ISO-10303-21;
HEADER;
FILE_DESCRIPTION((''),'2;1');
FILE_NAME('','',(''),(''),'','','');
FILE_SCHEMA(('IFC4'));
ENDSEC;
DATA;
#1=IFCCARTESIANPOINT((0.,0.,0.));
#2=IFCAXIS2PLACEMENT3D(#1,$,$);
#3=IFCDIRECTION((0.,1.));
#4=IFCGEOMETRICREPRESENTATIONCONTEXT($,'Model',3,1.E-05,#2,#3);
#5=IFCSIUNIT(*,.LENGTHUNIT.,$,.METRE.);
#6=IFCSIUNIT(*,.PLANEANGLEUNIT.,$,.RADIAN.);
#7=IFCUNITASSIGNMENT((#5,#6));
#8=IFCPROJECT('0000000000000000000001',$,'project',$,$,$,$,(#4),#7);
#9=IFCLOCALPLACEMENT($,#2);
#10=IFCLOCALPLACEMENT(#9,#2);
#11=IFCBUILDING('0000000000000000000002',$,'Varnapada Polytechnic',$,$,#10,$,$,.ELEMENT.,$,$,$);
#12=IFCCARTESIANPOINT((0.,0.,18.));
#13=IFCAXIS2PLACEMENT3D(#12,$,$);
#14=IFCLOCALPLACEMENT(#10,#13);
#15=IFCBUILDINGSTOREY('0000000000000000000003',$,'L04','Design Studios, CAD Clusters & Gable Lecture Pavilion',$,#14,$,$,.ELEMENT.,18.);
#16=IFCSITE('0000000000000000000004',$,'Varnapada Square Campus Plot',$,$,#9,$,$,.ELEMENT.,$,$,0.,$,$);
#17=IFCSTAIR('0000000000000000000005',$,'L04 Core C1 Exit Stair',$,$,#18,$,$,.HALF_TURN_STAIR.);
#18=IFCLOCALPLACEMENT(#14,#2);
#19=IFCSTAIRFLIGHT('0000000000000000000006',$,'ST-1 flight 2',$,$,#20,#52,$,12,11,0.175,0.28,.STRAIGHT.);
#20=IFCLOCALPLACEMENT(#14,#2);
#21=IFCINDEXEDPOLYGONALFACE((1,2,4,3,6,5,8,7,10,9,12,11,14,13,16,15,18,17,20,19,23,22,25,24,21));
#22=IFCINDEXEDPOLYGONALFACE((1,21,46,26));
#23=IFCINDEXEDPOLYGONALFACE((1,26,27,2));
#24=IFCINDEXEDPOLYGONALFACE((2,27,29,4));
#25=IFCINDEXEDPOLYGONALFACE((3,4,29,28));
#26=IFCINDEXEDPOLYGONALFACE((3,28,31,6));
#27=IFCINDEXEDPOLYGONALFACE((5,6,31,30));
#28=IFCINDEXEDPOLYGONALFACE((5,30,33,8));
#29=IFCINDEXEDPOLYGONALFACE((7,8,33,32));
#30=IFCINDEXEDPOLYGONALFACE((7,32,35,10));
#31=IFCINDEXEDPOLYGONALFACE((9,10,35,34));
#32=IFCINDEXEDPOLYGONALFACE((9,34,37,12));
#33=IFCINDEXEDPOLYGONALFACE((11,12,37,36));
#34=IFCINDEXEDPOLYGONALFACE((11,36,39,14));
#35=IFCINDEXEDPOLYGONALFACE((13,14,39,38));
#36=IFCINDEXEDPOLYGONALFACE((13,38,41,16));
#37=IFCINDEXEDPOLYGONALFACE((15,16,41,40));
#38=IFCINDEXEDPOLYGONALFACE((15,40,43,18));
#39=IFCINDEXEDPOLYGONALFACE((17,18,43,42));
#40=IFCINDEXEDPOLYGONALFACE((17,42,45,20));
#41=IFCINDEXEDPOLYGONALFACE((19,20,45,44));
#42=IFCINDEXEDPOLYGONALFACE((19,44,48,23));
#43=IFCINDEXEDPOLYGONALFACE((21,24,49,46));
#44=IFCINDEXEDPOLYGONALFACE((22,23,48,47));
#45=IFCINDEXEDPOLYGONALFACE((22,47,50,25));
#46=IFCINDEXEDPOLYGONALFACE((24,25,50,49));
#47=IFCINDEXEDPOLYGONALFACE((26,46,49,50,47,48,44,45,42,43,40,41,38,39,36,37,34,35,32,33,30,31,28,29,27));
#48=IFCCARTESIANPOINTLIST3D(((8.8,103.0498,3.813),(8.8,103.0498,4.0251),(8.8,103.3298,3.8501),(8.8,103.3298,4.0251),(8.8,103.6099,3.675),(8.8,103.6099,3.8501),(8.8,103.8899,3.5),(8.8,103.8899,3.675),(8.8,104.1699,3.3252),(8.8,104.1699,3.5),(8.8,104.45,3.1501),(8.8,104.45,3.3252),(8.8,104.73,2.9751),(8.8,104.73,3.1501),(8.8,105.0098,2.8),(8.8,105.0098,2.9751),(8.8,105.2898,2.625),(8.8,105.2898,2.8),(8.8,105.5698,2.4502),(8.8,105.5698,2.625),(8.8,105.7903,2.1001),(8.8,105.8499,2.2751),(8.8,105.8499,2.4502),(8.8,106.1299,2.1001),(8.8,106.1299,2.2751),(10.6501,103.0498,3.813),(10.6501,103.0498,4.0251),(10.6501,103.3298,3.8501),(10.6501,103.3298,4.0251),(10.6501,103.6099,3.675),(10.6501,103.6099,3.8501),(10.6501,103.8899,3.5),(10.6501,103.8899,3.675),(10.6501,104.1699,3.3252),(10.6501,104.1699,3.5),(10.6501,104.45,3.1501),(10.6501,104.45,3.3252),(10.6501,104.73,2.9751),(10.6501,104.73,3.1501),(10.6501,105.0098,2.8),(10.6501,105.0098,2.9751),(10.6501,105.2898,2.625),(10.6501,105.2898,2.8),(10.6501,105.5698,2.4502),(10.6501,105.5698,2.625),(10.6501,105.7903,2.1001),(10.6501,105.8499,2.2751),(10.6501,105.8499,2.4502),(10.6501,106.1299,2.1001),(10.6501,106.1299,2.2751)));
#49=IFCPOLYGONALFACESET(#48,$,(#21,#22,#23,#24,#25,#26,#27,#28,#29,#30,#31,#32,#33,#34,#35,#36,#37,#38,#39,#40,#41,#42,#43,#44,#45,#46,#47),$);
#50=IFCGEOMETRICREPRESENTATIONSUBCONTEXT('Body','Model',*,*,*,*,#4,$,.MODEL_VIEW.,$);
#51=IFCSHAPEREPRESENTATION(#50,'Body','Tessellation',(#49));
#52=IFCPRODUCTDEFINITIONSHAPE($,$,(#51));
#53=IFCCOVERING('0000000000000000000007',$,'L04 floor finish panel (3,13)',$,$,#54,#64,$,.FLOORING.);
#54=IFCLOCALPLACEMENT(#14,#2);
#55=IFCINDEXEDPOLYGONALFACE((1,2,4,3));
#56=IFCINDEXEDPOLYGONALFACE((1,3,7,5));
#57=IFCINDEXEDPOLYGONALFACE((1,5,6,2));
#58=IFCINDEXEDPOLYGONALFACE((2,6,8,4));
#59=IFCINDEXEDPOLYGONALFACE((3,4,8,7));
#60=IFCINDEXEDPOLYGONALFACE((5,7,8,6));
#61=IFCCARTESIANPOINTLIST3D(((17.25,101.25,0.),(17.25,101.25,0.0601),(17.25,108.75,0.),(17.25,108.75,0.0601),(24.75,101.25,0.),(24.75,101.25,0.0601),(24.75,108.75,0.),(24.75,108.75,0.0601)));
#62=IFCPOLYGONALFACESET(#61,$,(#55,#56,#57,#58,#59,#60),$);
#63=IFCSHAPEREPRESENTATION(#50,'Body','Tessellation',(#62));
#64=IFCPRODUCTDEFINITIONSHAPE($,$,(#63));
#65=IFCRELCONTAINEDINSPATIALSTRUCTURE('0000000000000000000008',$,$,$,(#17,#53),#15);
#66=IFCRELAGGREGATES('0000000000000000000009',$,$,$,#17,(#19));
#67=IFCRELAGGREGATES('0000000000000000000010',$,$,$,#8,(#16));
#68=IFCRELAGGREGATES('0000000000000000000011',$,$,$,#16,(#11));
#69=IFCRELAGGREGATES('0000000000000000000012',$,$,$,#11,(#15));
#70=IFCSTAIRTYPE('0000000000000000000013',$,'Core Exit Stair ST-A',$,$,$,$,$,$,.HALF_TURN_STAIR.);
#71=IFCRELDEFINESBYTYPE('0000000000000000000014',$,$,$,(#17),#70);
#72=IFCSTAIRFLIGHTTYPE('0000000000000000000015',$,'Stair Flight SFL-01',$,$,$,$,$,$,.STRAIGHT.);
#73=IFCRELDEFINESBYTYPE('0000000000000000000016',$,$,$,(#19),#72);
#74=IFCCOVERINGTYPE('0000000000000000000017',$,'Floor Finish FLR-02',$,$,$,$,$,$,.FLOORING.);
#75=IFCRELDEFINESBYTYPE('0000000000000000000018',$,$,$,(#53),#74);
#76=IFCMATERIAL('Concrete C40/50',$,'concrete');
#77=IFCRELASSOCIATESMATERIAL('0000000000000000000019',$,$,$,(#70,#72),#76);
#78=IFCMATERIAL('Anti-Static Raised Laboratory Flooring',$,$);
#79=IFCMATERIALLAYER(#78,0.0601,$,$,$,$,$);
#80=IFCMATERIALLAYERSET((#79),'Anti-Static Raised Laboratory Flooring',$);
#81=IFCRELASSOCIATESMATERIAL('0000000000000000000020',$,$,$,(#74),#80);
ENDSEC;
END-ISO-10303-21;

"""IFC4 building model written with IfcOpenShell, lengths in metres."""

from ifc_helpers import new_model, si_unit, direction, frame, origin, origin_2d, place, context, subcontext, project, spatial, polyline, rectangle, outline, extrude, material, layer, layer_set, type_object, element, aggregate, save


model = new_model("IFC4")

# Units and contexts
model_context = context("Model", 3, precision=1e-05, world=origin(), true_north=direction((0.0, 1.0)))
body_context = subcontext(model_context, "Body", "Model", "MODEL_VIEW")
ifc_project = project(units=[si_unit("LENGTHUNIT", "METRE"), si_unit("PLANEANGLEUNIT", "RADIAN")], contexts=[model_context])

# Site, building, storey
site_placement = place(None, origin())
site = spatial("IfcSite", under=ifc_project, at=site_placement, Name="Varnapada Square Campus Plot", CompositionType="ELEMENT", RefElevation=0.0)
building_placement = place(site_placement, origin())
building = spatial("IfcBuilding", under=site, at=building_placement, Name="Varnapada Polytechnic", CompositionType="ELEMENT")
storey_placement = place(building_placement, frame((0.0, 0.0, 18.0)))
storey = spatial("IfcBuildingStorey", under=building, at=storey_placement, Name="L04", Description="Design Studios, CAD Clusters & Gable Lecture Pavilion", CompositionType="ELEMENT", Elevation=18.0)

# Shared definitions
ifc_material_1 = material(Name="Concrete C40/50", Category="concrete")

# Stair, stair flight
stair_type = type_object("IfcStairType", Name="Core Exit Stair ST-A", PredefinedType="HALF_TURN_STAIR", material=ifc_material_1)
stair_placement = place(storey_placement, origin())
stair = element("IfcStair", 1, at=stair_placement, inside=storey, type_object=stair_type, Name="L04 Core C1 Exit Stair", PredefinedType="HALF_TURN_STAIR")
stair_flight_type = type_object("IfcStairFlightType", Name="Stair Flight SFL-01", PredefinedType="STRAIGHT", material=ifc_material_1)
stair_flight_1_placement = place(storey_placement, frame((9.7251, 106.1299, 2.1001), z_axis=(0.0, 0.0, 1.0), x_axis=(0.0, -1.0, 0.0)))
stair_flight_1 = element("IfcStairFlight", 2, at=stair_flight_1_placement, type_object=stair_flight_type, Name="ST-1 flight 2", NumberOfRisers=12, NumberOfTreads=11, PredefinedType="STRAIGHT", RiserHeight=0.175, TreadLength=0.28, context=body_context, shape_type="SweptSolid", body=[
    extrude(outline(polyline([(0.0, 0.0), (0.0, 0.175), (0.28, 0.175), (0.28, 0.3501), (0.5601, 0.3501), (0.5601, 0.5249), (0.8401, 0.5249), (0.8401, 0.7), (1.1201, 0.7), (1.1201, 0.875), (1.3999, 0.875), (1.3999, 1.05), (1.6799, 1.05), (1.6799, 1.2251), (1.96, 1.2251), (1.96, 1.3999), (2.24, 1.3999), (2.24, 1.575), (2.52, 1.575), (2.52, 1.75), (2.8, 1.75), (2.8, 1.925), (3.0801, 1.925), (3.0801, 2.1001), (3.0801, 1.7129), (0.3396, 0.0), (0.0, 0.0)])), frame((0.0, 0.925, 0.0), z_axis=(0.0, -1.0, 0.0), x_axis=(1.0, 0.0, 0.0)), (0.0, 0.0, 1.0), 1.8501),
])
aggregate(stair, [stair_flight_1])

# Covering
ifc_material_2 = material(Name="Anti-Static Raised Laboratory Flooring")
ifc_layer_1 = layer(ifc_material_2, 0.0601)
ifc_layer_set_1 = layer_set([ifc_layer_1], Name="Anti-Static Raised Laboratory Flooring")
covering_type = type_object("IfcCoveringType", Name="Floor Finish FLR-02", PredefinedType="FLOORING", material=ifc_layer_set_1)
covering_placement = place(storey_placement, frame((21.0, 105.0, 0.0), z_axis=(0.0, 0.0, 1.0), x_axis=(1.0, 0.0, 0.0)))
element("IfcCovering", 3, at=covering_placement, inside=storey, type_object=covering_type, Name="L04 floor finish panel (3,13)", PredefinedType="FLOORING", context=body_context, shape_type="SweptSolid", body=[
    extrude(rectangle(XDim=7.5, YDim=7.5, at=origin_2d()), origin(), (0.0, 0.0, 1.0), 0.0601),
])

save(model, "model.ifc")
